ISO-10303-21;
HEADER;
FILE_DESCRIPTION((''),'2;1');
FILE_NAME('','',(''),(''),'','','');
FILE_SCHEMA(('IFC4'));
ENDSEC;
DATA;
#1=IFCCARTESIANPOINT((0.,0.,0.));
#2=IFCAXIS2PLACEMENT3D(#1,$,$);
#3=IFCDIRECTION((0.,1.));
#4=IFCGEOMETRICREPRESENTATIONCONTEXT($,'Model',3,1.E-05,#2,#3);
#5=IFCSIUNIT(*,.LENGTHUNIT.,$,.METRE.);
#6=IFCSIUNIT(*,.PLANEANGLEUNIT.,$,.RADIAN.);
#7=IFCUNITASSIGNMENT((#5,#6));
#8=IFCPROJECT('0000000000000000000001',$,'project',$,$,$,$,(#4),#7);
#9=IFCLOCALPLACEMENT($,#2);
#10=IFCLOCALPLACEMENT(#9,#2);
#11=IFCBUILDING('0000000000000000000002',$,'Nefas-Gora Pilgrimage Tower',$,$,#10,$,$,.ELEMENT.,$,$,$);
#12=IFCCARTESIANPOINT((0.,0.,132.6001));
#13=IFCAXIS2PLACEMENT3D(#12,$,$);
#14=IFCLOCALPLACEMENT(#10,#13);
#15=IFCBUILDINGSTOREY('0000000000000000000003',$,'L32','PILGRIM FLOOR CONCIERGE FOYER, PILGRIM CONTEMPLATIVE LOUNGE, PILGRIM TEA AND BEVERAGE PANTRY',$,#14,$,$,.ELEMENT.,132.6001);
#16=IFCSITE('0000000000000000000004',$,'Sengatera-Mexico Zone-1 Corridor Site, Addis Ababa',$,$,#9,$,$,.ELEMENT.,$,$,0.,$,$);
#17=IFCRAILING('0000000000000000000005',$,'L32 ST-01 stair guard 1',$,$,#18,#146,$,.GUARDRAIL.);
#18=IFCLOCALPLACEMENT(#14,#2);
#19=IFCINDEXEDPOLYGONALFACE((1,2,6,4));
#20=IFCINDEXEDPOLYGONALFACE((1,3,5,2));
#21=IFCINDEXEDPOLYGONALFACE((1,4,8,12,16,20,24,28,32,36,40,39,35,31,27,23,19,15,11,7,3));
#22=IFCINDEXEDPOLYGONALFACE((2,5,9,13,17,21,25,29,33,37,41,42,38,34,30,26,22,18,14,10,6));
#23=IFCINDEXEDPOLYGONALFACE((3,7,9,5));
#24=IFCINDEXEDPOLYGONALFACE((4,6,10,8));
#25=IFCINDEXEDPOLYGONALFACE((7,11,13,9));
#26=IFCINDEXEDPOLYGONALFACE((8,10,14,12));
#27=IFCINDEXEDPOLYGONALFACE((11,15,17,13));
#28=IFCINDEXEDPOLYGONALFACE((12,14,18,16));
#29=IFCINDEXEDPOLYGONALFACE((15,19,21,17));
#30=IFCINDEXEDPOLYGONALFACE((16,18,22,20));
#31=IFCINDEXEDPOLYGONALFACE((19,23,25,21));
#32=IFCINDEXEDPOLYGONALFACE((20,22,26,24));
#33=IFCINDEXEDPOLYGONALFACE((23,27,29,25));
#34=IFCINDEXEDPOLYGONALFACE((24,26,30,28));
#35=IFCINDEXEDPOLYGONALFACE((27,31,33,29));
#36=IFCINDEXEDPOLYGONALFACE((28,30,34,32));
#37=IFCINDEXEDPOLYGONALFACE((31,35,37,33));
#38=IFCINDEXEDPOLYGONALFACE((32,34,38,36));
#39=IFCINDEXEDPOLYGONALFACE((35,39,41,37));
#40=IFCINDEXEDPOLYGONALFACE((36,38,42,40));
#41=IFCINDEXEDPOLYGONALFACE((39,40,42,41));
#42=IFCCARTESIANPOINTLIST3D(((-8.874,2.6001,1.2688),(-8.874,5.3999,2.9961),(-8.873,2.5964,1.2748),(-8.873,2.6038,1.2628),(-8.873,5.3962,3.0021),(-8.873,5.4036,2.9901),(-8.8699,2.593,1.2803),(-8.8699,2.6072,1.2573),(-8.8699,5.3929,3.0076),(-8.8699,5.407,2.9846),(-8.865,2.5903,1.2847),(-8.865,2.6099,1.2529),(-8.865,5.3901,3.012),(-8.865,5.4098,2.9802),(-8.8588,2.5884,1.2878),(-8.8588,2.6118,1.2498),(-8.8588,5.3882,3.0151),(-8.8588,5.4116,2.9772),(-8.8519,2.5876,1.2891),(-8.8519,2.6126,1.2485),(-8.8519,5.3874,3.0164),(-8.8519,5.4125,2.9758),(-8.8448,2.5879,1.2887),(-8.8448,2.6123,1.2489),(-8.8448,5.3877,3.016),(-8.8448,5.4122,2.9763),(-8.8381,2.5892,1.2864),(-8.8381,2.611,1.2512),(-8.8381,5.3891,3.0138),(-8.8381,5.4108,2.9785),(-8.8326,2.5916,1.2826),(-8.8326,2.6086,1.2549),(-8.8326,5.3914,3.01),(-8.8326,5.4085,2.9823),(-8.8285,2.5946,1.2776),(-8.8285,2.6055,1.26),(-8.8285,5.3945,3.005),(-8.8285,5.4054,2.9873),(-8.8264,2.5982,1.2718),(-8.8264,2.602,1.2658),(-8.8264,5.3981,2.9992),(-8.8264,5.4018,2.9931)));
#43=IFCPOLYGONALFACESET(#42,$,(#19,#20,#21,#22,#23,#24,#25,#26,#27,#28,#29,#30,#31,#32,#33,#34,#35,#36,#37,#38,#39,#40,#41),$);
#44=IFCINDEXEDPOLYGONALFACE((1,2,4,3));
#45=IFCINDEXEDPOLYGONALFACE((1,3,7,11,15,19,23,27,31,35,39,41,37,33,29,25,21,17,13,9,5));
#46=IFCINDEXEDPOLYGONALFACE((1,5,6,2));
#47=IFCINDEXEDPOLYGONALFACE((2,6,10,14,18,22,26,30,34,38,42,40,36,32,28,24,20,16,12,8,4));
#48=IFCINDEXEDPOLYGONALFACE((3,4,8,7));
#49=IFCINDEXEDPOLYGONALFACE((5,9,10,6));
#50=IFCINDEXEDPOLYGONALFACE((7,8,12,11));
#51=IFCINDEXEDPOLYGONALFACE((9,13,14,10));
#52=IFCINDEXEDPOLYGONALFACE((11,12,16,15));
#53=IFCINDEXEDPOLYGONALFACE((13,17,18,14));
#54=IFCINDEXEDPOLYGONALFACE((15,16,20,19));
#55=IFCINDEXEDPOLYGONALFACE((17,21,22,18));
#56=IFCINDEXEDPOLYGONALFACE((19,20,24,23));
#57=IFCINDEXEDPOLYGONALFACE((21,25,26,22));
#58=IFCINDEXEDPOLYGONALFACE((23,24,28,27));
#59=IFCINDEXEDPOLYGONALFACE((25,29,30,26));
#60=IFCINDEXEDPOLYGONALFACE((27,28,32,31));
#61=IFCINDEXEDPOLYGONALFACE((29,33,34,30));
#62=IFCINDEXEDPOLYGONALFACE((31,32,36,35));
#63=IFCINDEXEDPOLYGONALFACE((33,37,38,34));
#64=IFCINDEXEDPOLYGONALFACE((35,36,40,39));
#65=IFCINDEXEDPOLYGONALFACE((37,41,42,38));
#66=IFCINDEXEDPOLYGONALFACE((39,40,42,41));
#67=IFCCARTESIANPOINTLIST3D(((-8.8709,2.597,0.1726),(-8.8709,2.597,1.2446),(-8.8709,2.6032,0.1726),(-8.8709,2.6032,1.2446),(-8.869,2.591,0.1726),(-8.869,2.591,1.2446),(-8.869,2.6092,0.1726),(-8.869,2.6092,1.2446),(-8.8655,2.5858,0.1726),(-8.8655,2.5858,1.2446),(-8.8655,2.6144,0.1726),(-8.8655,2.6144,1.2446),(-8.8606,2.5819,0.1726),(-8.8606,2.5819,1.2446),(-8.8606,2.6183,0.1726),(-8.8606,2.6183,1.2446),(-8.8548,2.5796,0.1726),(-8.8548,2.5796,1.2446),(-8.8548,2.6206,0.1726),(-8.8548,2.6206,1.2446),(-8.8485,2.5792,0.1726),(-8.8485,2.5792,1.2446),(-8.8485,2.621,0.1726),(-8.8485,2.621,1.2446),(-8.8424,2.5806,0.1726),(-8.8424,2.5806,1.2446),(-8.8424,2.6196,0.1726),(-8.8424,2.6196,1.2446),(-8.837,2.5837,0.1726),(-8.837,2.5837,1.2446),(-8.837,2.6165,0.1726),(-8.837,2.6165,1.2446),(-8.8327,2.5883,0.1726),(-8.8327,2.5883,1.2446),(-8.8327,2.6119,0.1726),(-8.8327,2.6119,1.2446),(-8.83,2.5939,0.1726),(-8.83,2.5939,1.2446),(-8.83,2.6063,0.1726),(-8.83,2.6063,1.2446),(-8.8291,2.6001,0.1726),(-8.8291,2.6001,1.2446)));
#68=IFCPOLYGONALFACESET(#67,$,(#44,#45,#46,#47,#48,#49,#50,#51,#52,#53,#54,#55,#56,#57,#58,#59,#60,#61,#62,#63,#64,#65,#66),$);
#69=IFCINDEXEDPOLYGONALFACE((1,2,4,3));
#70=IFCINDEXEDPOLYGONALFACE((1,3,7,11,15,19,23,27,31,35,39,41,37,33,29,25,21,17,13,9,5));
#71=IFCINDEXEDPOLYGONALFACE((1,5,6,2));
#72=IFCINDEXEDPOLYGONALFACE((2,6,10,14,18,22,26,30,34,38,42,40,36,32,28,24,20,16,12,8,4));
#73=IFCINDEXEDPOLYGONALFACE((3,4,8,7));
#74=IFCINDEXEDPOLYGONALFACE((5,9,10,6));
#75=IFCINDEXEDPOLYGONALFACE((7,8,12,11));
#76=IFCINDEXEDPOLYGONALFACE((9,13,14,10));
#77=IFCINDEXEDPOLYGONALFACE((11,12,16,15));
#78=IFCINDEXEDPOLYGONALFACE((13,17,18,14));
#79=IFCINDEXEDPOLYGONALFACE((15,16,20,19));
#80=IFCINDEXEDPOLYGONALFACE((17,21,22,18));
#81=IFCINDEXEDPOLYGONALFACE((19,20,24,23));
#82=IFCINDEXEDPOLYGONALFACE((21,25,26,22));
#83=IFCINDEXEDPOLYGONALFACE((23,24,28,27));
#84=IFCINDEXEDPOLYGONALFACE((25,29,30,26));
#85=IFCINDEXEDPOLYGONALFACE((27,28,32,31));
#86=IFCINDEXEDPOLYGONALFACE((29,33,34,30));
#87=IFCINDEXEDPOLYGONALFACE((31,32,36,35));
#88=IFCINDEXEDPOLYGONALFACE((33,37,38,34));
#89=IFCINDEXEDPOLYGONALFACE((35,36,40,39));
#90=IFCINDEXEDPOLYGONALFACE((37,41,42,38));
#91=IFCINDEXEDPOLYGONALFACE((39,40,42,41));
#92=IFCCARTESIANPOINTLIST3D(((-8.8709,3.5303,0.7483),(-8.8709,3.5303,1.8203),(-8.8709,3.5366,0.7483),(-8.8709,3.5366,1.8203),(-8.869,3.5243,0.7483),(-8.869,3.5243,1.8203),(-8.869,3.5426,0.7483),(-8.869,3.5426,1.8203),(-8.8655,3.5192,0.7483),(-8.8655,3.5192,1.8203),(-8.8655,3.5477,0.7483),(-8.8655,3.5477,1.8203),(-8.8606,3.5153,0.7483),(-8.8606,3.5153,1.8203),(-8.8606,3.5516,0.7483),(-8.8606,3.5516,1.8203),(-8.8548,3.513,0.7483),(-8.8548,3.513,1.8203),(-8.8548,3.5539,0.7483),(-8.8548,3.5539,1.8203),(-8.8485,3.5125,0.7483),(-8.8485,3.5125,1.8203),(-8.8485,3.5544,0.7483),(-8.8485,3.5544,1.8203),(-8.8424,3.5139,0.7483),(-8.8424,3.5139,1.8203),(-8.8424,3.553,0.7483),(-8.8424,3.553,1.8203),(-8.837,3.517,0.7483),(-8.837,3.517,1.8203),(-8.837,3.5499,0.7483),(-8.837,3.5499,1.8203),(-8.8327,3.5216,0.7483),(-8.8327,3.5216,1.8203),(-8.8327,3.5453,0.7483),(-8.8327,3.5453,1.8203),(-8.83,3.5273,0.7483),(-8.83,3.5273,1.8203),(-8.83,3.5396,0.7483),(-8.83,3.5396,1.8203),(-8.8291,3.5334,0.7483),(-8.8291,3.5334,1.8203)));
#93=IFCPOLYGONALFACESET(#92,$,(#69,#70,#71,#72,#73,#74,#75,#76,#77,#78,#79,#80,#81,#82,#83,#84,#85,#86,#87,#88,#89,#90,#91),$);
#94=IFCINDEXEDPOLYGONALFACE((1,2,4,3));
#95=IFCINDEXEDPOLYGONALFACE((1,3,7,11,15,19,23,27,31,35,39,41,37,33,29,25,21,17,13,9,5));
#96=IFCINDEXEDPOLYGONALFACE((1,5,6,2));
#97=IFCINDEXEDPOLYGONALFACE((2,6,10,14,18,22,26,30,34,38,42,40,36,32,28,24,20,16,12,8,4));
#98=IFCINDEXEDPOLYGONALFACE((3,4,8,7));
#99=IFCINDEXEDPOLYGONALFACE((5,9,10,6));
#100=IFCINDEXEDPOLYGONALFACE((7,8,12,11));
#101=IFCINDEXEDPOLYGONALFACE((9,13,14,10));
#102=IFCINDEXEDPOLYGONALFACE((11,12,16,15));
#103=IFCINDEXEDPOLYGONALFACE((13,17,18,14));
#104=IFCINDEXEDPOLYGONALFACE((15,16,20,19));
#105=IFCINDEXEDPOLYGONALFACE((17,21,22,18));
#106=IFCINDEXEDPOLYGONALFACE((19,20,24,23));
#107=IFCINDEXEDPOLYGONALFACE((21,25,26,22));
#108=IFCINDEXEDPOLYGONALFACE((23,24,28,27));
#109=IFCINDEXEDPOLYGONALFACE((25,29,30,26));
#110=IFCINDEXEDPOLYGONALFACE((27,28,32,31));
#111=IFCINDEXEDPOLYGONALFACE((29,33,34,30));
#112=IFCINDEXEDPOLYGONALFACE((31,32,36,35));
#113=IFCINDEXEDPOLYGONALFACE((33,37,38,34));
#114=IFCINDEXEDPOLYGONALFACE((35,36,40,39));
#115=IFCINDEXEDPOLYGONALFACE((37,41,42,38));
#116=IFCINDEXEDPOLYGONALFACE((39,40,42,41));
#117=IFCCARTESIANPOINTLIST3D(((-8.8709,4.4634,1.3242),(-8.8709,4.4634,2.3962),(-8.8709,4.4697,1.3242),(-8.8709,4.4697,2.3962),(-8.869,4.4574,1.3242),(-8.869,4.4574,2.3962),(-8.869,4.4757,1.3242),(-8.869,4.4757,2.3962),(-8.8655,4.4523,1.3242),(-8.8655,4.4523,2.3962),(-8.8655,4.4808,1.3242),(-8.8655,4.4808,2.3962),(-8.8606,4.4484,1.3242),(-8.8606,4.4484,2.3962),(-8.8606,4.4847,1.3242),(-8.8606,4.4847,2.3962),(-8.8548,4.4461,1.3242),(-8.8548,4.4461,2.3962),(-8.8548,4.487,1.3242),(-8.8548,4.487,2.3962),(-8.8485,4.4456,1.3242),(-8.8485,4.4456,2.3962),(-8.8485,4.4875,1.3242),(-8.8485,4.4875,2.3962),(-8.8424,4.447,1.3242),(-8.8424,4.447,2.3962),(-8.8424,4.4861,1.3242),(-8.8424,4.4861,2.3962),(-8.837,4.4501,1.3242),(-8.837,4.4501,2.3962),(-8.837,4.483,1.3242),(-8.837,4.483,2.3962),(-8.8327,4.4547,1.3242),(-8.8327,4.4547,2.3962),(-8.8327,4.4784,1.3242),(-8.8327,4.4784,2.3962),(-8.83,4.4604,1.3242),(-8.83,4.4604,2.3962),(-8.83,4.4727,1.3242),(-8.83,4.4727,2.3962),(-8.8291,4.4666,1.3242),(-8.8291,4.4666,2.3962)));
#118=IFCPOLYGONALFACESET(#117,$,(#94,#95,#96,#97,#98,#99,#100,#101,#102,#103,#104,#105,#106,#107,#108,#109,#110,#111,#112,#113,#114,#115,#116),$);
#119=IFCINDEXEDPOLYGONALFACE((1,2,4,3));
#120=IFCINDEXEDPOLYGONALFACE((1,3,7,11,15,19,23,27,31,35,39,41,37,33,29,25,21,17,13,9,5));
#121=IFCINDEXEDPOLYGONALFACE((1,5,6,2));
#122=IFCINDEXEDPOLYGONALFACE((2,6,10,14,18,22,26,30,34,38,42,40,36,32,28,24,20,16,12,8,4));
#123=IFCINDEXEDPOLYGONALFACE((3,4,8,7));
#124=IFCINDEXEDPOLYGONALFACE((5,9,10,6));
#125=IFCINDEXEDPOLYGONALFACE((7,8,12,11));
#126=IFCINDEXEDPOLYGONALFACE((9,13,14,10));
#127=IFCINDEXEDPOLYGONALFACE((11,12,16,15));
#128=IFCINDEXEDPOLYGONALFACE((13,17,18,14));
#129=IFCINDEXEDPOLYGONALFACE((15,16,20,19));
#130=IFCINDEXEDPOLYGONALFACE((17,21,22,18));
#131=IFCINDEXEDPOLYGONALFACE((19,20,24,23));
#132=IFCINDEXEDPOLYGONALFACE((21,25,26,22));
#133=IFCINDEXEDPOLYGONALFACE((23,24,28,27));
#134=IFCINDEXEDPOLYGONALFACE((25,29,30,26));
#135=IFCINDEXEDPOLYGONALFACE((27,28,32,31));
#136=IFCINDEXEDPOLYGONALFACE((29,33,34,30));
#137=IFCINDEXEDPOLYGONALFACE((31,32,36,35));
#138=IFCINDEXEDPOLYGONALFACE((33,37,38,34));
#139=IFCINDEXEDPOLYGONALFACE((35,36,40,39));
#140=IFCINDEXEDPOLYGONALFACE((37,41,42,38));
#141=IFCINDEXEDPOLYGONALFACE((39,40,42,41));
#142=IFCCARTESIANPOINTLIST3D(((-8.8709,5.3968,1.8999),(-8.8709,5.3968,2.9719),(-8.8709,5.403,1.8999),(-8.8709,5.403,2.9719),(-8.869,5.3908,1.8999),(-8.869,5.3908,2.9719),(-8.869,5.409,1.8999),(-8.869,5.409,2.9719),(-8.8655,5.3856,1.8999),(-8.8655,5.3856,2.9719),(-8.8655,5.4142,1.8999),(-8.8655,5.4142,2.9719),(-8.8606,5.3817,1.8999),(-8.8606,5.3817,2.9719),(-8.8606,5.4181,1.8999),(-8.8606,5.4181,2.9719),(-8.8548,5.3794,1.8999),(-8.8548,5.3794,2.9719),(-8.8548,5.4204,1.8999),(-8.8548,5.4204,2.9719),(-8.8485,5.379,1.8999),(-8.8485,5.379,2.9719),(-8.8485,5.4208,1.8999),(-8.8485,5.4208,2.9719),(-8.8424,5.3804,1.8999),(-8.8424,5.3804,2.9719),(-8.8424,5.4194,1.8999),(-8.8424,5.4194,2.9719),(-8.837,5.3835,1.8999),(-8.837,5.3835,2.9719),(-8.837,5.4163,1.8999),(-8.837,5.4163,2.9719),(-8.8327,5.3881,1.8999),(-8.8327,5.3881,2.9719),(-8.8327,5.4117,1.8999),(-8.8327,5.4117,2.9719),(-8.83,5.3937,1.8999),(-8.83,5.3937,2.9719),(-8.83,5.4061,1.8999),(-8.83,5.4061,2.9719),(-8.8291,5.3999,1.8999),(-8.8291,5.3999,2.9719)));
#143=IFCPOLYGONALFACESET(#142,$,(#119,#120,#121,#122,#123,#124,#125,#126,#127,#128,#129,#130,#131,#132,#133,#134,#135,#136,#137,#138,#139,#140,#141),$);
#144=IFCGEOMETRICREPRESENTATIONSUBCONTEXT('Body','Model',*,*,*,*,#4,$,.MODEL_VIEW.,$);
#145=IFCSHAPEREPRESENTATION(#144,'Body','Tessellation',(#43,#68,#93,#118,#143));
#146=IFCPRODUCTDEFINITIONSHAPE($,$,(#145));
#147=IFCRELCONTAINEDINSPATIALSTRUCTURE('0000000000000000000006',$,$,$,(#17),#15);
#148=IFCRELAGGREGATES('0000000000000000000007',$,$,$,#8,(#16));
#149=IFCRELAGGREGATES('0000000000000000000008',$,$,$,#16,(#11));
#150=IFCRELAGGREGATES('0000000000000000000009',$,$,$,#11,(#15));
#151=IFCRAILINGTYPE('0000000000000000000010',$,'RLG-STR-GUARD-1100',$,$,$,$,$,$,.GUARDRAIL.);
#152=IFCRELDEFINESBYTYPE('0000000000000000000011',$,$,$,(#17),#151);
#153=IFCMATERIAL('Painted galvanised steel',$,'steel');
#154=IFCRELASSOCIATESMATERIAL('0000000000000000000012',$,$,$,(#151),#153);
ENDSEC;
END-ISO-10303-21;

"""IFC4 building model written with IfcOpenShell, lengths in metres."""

from ifc_helpers import new_model, si_unit, direction, frame, origin, origin_2d, place, context, subcontext, project, spatial, circle, extrude, material, type_object, element, save


model = new_model("IFC4")

# Units and contexts
model_context = context("Model", 3, precision=1e-05, world=origin(), true_north=direction((0.0, 1.0)))
body_context = subcontext(model_context, "Body", "Model", "MODEL_VIEW")
ifc_project = project(units=[si_unit("LENGTHUNIT", "METRE"), si_unit("PLANEANGLEUNIT", "RADIAN")], contexts=[model_context])

# Site, building, storey
site_placement = place(None, origin())
site = spatial("IfcSite", under=ifc_project, at=site_placement, Name="Sengatera-Mexico Zone-1 Corridor Site, Addis Ababa", CompositionType="ELEMENT", RefElevation=0.0)
building_placement = place(site_placement, origin())
building = spatial("IfcBuilding", under=site, at=building_placement, Name="Nefas-Gora Pilgrimage Tower", CompositionType="ELEMENT")
storey_placement = place(building_placement, frame((0.0, 0.0, 132.6001)))
storey = spatial("IfcBuildingStorey", under=building, at=storey_placement, Name="L32", Description="PILGRIM FLOOR CONCIERGE FOYER, PILGRIM CONTEMPLATIVE LOUNGE, PILGRIM TEA AND BEVERAGE PANTRY", CompositionType="ELEMENT", Elevation=132.6001)

# Railing
ifc_material_1 = material(Name="Painted galvanised steel", Category="steel")
railing_type_1 = type_object("IfcRailingType", Name="RLG-STR-GUARD-1100", PredefinedType="GUARDRAIL", material=ifc_material_1)
railing_1_placement = place(storey_placement, frame((-8.8501, 2.6001, 0.1726)))
element("IfcRailing", 1, at=railing_1_placement, inside=storey, type_object=railing_type_1, Name="L32 ST-01 stair guard 1", PredefinedType="GUARDRAIL", context=body_context, shape_type="SweptSolid", body=[
    extrude(circle(Radius=0.0239, at=origin_2d()), frame((0.0, 0.0, 1.0962), z_axis=(0.0, 0.851069, 0.525054), x_axis=(-1.0, 0.0, 0.0)), (0.0, 0.0, 1.0), 3.2898),
    extrude(circle(Radius=0.021, at=origin_2d()), origin(), (0.0, 0.0, 1.0), 1.072),
    extrude(circle(Radius=0.021, at=origin_2d()), frame((0.0, 0.9333, 0.5757)), (0.0, 0.0, 1.0), 1.072),
    extrude(circle(Radius=0.021, at=origin_2d()), frame((0.0, 1.8665, 1.1516)), (0.0, 0.0, 1.0), 1.072),
    extrude(circle(Radius=0.021, at=origin_2d()), frame((0.0, 2.7998, 1.7273)), (0.0, 0.0, 1.0), 1.072),
])

save(model, "model.ifc")
